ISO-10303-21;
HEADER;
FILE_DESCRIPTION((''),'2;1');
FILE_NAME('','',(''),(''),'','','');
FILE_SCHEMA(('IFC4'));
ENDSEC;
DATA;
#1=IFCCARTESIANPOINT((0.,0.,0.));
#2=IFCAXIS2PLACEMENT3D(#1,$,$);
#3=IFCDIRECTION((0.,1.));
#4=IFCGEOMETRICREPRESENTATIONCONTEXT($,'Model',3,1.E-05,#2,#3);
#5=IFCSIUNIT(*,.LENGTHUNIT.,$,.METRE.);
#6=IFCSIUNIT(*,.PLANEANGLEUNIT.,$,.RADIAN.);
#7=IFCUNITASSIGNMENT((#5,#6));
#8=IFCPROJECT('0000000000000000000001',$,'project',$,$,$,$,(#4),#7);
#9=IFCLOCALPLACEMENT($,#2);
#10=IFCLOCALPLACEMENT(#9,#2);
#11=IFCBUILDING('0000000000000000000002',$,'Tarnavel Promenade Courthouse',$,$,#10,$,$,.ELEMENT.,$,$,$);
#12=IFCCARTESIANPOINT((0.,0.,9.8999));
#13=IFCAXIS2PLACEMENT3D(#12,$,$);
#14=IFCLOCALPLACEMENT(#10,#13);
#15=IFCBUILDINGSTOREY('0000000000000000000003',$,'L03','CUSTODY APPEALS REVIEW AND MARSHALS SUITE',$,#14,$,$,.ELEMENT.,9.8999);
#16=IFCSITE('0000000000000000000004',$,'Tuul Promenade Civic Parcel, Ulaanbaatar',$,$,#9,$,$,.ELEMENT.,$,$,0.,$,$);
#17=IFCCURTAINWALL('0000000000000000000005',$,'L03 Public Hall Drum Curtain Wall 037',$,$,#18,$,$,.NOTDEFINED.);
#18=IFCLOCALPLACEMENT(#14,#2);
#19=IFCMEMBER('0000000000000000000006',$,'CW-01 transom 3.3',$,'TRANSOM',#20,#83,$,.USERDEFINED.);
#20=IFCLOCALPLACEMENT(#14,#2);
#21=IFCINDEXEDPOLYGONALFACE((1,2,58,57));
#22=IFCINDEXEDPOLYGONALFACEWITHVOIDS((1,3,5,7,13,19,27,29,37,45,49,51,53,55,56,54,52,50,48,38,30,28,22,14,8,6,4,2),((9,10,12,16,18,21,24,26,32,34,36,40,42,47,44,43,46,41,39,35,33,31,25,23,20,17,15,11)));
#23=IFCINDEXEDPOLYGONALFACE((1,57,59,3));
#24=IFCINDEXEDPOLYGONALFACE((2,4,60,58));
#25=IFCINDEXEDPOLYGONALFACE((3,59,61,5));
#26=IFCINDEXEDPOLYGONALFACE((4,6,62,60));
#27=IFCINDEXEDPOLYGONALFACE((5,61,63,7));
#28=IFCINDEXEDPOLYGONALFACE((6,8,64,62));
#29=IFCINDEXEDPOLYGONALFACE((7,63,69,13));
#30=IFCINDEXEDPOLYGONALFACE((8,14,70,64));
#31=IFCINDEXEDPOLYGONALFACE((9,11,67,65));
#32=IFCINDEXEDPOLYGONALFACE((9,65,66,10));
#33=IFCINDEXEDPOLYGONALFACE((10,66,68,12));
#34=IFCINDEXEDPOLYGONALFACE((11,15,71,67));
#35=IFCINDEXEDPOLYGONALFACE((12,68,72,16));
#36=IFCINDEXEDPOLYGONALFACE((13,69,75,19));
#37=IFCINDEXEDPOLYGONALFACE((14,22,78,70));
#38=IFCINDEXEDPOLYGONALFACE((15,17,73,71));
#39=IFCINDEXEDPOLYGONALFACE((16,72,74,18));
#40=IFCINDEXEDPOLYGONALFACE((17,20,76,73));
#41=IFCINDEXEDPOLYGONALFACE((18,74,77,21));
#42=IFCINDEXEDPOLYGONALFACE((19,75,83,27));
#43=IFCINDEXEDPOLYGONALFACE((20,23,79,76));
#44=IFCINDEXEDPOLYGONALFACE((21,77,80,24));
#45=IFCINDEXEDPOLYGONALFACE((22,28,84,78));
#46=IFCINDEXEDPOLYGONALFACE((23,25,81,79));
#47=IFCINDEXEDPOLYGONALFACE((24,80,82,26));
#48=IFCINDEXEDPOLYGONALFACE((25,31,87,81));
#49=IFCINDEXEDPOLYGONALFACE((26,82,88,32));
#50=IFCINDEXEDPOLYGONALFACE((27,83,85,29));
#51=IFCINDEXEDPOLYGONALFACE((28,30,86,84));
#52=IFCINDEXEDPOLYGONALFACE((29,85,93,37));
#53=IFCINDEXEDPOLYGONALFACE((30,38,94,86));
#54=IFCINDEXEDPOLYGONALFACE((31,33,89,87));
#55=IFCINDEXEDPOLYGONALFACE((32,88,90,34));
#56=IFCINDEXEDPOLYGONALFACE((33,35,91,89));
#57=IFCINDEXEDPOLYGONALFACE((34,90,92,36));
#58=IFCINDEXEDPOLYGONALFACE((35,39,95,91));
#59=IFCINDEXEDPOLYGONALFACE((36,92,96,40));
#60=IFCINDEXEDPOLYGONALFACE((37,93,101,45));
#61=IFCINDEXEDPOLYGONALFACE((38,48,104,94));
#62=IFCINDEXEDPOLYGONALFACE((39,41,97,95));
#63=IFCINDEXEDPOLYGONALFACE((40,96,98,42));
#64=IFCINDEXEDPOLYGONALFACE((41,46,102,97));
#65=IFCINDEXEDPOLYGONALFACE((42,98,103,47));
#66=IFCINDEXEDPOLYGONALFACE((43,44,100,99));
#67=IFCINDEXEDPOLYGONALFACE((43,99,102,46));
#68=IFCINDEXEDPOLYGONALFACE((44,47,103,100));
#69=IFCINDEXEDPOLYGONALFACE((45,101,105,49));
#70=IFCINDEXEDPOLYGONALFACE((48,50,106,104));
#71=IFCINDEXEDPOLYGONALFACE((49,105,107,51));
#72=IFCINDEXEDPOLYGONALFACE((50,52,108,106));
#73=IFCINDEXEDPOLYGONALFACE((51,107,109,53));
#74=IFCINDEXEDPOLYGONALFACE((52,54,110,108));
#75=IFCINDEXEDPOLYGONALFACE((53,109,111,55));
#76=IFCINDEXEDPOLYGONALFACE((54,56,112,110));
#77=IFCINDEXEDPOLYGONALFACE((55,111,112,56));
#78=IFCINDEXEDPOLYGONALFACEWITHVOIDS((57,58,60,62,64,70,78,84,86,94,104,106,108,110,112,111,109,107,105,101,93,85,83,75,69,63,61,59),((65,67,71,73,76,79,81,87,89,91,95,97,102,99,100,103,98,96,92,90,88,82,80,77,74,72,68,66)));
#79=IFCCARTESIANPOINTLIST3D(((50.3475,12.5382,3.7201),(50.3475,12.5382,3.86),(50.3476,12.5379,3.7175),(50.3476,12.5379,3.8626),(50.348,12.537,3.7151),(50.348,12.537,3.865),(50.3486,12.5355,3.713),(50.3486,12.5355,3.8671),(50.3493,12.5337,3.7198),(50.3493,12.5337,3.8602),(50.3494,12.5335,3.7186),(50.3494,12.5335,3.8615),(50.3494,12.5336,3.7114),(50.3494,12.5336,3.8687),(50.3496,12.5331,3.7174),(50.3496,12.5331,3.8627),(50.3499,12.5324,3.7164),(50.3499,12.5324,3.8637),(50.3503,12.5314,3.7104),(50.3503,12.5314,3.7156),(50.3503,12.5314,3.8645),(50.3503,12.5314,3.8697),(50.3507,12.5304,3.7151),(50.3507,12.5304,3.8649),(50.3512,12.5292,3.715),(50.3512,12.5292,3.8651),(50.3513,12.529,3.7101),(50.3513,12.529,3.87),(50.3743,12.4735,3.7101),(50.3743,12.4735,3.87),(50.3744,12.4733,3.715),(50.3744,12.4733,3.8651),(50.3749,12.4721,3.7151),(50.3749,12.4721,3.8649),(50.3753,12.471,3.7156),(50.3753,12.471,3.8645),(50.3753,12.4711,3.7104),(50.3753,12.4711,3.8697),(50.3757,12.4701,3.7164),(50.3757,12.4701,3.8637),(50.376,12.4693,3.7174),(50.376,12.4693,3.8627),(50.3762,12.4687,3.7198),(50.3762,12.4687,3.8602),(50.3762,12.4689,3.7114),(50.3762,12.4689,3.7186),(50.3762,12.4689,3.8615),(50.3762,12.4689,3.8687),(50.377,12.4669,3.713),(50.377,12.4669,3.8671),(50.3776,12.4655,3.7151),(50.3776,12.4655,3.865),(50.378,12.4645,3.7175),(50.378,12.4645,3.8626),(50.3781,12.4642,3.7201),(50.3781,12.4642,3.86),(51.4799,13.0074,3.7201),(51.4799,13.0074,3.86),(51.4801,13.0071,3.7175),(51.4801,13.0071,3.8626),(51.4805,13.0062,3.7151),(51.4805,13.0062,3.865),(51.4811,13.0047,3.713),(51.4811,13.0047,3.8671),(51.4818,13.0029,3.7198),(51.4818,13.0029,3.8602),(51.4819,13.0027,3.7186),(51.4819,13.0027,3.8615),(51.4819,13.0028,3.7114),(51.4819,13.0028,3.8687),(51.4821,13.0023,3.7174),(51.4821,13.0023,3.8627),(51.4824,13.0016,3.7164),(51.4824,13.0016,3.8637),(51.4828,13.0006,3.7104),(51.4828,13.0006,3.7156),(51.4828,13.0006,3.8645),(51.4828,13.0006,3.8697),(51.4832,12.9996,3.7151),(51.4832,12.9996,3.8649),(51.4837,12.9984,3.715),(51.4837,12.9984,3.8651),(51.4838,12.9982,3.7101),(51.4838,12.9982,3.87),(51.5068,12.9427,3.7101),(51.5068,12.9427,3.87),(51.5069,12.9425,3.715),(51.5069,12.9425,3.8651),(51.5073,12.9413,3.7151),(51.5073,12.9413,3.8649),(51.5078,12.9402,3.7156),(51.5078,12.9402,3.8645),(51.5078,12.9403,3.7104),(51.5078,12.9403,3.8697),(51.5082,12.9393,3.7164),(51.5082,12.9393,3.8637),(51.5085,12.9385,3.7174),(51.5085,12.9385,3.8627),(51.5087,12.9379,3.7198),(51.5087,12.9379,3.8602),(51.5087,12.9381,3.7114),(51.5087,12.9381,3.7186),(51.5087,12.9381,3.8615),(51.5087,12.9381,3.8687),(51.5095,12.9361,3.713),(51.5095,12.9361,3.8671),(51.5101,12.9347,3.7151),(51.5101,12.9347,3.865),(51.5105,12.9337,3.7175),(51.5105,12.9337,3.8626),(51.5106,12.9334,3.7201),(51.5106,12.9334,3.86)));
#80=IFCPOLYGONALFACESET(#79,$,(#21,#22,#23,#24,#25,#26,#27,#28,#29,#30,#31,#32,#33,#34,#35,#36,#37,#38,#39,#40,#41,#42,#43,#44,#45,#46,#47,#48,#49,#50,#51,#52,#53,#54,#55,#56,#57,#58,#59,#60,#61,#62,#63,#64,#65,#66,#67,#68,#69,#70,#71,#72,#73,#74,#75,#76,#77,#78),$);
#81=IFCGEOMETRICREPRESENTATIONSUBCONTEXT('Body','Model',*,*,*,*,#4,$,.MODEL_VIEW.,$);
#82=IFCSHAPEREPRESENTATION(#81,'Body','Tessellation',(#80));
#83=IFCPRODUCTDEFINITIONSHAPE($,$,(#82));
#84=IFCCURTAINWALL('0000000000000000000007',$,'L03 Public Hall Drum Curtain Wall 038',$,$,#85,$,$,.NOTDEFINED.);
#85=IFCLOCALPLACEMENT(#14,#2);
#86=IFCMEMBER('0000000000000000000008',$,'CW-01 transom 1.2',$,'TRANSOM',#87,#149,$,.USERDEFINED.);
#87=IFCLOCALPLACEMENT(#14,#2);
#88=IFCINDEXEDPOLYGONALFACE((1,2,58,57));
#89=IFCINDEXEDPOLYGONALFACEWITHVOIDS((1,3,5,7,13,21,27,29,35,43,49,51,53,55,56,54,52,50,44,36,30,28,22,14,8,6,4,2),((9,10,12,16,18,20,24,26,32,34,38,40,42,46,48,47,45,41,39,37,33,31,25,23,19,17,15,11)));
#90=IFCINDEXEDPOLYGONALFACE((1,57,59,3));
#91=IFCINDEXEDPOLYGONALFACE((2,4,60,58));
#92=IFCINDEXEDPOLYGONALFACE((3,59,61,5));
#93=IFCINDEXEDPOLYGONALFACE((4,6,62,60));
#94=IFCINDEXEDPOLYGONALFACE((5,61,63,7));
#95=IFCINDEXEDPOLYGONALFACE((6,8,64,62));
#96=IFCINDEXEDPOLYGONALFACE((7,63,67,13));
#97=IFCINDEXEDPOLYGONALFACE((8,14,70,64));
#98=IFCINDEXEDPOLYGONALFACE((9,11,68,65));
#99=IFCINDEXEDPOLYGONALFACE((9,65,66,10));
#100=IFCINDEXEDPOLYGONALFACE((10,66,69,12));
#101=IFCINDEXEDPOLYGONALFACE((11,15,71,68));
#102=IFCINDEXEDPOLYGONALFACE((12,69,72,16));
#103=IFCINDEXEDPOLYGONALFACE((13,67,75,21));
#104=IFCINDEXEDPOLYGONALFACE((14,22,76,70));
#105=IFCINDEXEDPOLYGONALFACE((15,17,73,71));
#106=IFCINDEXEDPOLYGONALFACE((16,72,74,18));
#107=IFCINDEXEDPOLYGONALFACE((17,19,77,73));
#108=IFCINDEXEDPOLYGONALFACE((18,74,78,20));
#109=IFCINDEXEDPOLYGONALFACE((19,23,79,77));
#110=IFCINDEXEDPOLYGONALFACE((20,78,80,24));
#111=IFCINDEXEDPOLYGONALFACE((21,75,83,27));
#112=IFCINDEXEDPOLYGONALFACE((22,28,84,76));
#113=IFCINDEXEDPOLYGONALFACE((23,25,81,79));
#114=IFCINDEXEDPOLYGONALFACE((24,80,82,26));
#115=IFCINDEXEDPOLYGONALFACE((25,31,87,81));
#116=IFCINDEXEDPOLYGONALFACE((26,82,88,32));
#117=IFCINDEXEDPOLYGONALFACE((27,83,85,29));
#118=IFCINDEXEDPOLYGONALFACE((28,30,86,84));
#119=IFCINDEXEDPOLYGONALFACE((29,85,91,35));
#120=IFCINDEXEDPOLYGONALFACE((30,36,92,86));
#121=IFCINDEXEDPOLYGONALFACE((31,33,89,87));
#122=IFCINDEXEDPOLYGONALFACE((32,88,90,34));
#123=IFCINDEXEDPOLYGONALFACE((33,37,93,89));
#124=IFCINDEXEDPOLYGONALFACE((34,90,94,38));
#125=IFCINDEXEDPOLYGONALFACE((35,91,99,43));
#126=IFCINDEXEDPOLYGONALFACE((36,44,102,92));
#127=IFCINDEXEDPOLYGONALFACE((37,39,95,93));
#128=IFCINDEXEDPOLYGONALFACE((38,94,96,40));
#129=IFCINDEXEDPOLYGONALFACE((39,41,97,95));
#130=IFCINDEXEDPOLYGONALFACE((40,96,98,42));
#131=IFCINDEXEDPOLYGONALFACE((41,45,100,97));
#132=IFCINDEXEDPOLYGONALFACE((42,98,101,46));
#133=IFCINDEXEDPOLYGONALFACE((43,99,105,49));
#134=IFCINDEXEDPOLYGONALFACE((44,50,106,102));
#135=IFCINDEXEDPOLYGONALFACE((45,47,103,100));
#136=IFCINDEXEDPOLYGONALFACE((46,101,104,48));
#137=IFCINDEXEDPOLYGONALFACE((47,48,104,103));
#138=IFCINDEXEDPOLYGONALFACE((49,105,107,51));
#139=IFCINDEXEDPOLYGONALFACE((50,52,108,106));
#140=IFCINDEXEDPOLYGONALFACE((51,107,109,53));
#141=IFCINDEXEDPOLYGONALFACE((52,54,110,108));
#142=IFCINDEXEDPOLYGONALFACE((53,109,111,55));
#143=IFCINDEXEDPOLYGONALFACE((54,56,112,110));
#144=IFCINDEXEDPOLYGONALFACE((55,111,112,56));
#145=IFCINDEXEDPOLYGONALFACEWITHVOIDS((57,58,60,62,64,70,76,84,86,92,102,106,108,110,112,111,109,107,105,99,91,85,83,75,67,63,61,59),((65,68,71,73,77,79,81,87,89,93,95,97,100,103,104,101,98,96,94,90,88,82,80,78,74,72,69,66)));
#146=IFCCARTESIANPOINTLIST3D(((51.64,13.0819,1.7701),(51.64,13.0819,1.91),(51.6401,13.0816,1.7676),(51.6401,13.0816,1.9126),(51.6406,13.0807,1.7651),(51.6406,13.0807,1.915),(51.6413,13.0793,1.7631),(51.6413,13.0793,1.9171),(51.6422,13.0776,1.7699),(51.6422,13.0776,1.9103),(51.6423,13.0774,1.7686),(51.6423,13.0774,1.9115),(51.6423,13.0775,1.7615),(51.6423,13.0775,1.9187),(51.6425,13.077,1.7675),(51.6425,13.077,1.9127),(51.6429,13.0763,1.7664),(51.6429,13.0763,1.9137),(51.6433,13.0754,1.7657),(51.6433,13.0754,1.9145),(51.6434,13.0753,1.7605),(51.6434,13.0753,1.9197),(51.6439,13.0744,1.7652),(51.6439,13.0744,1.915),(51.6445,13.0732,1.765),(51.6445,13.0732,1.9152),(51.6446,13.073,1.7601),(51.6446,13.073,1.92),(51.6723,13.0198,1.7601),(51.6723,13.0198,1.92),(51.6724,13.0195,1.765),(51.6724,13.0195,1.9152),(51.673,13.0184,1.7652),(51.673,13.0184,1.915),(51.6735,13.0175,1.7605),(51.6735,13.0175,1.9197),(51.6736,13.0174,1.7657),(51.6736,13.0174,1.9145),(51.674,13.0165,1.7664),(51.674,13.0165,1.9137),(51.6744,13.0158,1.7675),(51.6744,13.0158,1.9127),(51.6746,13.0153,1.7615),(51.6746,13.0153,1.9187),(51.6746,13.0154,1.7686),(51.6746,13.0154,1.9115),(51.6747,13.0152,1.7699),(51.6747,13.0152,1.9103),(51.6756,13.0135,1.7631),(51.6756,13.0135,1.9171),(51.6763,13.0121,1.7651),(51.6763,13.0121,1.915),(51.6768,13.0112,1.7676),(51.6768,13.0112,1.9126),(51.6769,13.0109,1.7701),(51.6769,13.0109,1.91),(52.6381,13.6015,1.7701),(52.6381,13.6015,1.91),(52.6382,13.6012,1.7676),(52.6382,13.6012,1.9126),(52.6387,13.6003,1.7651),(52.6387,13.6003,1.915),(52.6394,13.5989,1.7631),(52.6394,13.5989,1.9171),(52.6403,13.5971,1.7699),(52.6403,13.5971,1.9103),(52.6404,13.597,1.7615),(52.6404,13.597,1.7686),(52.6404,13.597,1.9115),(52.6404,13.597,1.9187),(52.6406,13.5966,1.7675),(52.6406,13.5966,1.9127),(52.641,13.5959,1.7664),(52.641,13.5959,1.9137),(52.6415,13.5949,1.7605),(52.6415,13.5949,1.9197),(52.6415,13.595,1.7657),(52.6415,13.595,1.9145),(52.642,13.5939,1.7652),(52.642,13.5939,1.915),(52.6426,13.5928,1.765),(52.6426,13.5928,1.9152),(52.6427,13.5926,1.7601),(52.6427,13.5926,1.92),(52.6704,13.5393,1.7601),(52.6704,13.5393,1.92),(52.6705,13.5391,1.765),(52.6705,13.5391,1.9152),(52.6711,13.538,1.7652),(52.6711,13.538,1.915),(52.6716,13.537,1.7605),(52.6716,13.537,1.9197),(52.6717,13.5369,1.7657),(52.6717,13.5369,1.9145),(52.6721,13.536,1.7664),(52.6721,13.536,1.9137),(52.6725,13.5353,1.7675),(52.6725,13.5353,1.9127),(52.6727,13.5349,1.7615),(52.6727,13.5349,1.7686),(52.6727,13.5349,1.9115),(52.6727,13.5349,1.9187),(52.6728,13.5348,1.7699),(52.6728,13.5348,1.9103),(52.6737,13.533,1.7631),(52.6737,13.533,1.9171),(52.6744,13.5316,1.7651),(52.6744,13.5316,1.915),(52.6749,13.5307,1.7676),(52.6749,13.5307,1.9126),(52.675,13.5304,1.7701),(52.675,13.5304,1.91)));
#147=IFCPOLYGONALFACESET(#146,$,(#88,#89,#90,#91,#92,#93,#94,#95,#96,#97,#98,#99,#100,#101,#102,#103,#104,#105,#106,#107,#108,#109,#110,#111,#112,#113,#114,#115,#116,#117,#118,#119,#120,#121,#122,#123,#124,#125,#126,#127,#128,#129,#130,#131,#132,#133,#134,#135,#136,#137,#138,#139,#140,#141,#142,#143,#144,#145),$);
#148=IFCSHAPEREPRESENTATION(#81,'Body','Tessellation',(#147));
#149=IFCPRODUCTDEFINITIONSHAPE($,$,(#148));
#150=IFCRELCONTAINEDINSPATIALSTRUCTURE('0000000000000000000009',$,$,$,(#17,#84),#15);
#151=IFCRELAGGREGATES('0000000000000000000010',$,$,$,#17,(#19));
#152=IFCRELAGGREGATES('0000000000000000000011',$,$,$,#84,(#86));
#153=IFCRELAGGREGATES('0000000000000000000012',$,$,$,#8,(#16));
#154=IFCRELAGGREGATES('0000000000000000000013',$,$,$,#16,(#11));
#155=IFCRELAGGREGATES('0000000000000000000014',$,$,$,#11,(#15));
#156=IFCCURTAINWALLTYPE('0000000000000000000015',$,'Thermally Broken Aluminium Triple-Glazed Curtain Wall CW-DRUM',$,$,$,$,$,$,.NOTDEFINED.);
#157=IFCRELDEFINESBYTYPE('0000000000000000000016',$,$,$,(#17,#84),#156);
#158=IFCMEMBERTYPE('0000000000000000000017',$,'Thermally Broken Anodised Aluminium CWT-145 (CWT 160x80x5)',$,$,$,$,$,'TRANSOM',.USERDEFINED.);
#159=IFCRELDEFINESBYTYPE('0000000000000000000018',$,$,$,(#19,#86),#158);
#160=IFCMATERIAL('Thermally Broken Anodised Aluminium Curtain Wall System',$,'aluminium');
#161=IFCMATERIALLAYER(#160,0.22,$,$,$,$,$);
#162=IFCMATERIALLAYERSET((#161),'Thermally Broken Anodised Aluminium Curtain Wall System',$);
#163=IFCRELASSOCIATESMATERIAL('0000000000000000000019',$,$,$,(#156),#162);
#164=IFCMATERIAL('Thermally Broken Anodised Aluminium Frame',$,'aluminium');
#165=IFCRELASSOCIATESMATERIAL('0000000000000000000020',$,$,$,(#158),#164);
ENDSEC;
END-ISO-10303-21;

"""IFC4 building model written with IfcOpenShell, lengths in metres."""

from ifc_helpers import new_model, si_unit, direction, frame, origin, origin_2d, place, context, subcontext, project, spatial, hollow_rectangle, extrude, material, layer, layer_set, material_profile, profile_set, type_object, element, aggregate, save


model = new_model("IFC4")

# Units and contexts
model_context = context("Model", 3, precision=1e-05, world=origin(), true_north=direction((0.0, 1.0)))
body_context = subcontext(model_context, "Body", "Model", "MODEL_VIEW")
ifc_project = project(units=[si_unit("LENGTHUNIT", "METRE"), si_unit("PLANEANGLEUNIT", "RADIAN")], contexts=[model_context])

# Site, building, storey
site_placement = place(None, origin())
site = spatial("IfcSite", under=ifc_project, at=site_placement, Name="Tuul Promenade Civic Parcel, Ulaanbaatar", CompositionType="ELEMENT", RefElevation=0.0)
building_placement = place(site_placement, origin())
building = spatial("IfcBuilding", under=site, at=building_placement, Name="Tarnavel Promenade Courthouse", CompositionType="ELEMENT")
storey_placement = place(building_placement, frame((0.0, 0.0, 9.8999)))
storey = spatial("IfcBuildingStorey", under=building, at=storey_placement, Name="L03", Description="CUSTODY APPEALS REVIEW AND MARSHALS SUITE", CompositionType="ELEMENT", Elevation=9.8999)

# Curtain walls, members
ifc_material_1 = material(Name="Thermally Broken Anodised Aluminium Curtain Wall System", Category="aluminium")
ifc_layer_1 = layer(ifc_material_1, 0.22)
ifc_layer_set_1 = layer_set([ifc_layer_1], Name="Thermally Broken Anodised Aluminium Curtain Wall System")
curtain_wall_type = type_object("IfcCurtainWallType", Name="Thermally Broken Aluminium Triple-Glazed Curtain Wall CW-DRUM", PredefinedType="NOTDEFINED", material=ifc_layer_set_1)
curtain_wall_1_placement = place(storey_placement, origin())
curtain_wall_1 = element("IfcCurtainWall", 1, at=curtain_wall_1_placement, inside=storey, type_object=curtain_wall_type, Name="L03 Public Hall Drum Curtain Wall 037", PredefinedType="NOTDEFINED")
ifc_material_2 = material(Name="Thermally Broken Anodised Aluminium Frame", Category="aluminium")
ifc_material_profile_1 = material_profile(ifc_material_2, hollow_rectangle(XDim=0.0801, YDim=0.1599, WallThickness=0.0049, InnerFilletRadius=0.0049, OuterFilletRadius=0.01, at=origin_2d()), Name="CWT 160x80x5")
ifc_profile_set_1 = profile_set([ifc_material_profile_1], Name="Thermally Broken Anodised Aluminium Frame")
member_type_1 = type_object("IfcMemberType", Name="Thermally Broken Anodised Aluminium CWT-145 (CWT 160x80x5)", ElementType="TRANSOM", PredefinedType="USERDEFINED", material=ifc_profile_set_1)
member_1_placement = place(storey_placement, frame((50.3628, 12.5012, 3.79), z_axis=(0.923847, 0.382762, 0.0), x_axis=(-0.382762, 0.923847, 0.0)))
member_1 = element("IfcMember", 2, at=member_1_placement, type_object=member_type_1, Name="CW-01 transom 3.3", ObjectType="TRANSOM", PredefinedType="USERDEFINED", context=body_context, shape_type="SweptSolid", body=[
    extrude(hollow_rectangle(XDim=0.0801, YDim=0.1599, WallThickness=0.0049, InnerFilletRadius=0.0049, OuterFilletRadius=0.01, at=origin_2d()), origin(), (0.0, 0.0, 1.0), 1.2258),
])
curtain_wall_2_placement = place(storey_placement, origin())
curtain_wall_2 = element("IfcCurtainWall", 3, at=curtain_wall_2_placement, inside=storey, type_object=curtain_wall_type, Name="L03 Public Hall Drum Curtain Wall 038", PredefinedType="NOTDEFINED")
member_2_placement = place(storey_placement, frame((51.6584, 13.0464, 1.8401), z_axis=(0.887018, 0.461735, 0.0), x_axis=(-0.461735, 0.887018, 0.0)))
member_2 = element("IfcMember", 4, at=member_2_placement, type_object=member_type_1, Name="CW-01 transom 1.2", ObjectType="TRANSOM", PredefinedType="USERDEFINED", context=body_context, shape_type="SweptSolid", body=[
    extrude(hollow_rectangle(XDim=0.0801, YDim=0.1599, WallThickness=0.0049, InnerFilletRadius=0.0049, OuterFilletRadius=0.01, at=origin_2d()), origin(), (0.0, 0.0, 1.0), 1.1252),
])

aggregate(curtain_wall_1, [member_1])
aggregate(curtain_wall_2, [member_2])

save(model, "model.ifc")
